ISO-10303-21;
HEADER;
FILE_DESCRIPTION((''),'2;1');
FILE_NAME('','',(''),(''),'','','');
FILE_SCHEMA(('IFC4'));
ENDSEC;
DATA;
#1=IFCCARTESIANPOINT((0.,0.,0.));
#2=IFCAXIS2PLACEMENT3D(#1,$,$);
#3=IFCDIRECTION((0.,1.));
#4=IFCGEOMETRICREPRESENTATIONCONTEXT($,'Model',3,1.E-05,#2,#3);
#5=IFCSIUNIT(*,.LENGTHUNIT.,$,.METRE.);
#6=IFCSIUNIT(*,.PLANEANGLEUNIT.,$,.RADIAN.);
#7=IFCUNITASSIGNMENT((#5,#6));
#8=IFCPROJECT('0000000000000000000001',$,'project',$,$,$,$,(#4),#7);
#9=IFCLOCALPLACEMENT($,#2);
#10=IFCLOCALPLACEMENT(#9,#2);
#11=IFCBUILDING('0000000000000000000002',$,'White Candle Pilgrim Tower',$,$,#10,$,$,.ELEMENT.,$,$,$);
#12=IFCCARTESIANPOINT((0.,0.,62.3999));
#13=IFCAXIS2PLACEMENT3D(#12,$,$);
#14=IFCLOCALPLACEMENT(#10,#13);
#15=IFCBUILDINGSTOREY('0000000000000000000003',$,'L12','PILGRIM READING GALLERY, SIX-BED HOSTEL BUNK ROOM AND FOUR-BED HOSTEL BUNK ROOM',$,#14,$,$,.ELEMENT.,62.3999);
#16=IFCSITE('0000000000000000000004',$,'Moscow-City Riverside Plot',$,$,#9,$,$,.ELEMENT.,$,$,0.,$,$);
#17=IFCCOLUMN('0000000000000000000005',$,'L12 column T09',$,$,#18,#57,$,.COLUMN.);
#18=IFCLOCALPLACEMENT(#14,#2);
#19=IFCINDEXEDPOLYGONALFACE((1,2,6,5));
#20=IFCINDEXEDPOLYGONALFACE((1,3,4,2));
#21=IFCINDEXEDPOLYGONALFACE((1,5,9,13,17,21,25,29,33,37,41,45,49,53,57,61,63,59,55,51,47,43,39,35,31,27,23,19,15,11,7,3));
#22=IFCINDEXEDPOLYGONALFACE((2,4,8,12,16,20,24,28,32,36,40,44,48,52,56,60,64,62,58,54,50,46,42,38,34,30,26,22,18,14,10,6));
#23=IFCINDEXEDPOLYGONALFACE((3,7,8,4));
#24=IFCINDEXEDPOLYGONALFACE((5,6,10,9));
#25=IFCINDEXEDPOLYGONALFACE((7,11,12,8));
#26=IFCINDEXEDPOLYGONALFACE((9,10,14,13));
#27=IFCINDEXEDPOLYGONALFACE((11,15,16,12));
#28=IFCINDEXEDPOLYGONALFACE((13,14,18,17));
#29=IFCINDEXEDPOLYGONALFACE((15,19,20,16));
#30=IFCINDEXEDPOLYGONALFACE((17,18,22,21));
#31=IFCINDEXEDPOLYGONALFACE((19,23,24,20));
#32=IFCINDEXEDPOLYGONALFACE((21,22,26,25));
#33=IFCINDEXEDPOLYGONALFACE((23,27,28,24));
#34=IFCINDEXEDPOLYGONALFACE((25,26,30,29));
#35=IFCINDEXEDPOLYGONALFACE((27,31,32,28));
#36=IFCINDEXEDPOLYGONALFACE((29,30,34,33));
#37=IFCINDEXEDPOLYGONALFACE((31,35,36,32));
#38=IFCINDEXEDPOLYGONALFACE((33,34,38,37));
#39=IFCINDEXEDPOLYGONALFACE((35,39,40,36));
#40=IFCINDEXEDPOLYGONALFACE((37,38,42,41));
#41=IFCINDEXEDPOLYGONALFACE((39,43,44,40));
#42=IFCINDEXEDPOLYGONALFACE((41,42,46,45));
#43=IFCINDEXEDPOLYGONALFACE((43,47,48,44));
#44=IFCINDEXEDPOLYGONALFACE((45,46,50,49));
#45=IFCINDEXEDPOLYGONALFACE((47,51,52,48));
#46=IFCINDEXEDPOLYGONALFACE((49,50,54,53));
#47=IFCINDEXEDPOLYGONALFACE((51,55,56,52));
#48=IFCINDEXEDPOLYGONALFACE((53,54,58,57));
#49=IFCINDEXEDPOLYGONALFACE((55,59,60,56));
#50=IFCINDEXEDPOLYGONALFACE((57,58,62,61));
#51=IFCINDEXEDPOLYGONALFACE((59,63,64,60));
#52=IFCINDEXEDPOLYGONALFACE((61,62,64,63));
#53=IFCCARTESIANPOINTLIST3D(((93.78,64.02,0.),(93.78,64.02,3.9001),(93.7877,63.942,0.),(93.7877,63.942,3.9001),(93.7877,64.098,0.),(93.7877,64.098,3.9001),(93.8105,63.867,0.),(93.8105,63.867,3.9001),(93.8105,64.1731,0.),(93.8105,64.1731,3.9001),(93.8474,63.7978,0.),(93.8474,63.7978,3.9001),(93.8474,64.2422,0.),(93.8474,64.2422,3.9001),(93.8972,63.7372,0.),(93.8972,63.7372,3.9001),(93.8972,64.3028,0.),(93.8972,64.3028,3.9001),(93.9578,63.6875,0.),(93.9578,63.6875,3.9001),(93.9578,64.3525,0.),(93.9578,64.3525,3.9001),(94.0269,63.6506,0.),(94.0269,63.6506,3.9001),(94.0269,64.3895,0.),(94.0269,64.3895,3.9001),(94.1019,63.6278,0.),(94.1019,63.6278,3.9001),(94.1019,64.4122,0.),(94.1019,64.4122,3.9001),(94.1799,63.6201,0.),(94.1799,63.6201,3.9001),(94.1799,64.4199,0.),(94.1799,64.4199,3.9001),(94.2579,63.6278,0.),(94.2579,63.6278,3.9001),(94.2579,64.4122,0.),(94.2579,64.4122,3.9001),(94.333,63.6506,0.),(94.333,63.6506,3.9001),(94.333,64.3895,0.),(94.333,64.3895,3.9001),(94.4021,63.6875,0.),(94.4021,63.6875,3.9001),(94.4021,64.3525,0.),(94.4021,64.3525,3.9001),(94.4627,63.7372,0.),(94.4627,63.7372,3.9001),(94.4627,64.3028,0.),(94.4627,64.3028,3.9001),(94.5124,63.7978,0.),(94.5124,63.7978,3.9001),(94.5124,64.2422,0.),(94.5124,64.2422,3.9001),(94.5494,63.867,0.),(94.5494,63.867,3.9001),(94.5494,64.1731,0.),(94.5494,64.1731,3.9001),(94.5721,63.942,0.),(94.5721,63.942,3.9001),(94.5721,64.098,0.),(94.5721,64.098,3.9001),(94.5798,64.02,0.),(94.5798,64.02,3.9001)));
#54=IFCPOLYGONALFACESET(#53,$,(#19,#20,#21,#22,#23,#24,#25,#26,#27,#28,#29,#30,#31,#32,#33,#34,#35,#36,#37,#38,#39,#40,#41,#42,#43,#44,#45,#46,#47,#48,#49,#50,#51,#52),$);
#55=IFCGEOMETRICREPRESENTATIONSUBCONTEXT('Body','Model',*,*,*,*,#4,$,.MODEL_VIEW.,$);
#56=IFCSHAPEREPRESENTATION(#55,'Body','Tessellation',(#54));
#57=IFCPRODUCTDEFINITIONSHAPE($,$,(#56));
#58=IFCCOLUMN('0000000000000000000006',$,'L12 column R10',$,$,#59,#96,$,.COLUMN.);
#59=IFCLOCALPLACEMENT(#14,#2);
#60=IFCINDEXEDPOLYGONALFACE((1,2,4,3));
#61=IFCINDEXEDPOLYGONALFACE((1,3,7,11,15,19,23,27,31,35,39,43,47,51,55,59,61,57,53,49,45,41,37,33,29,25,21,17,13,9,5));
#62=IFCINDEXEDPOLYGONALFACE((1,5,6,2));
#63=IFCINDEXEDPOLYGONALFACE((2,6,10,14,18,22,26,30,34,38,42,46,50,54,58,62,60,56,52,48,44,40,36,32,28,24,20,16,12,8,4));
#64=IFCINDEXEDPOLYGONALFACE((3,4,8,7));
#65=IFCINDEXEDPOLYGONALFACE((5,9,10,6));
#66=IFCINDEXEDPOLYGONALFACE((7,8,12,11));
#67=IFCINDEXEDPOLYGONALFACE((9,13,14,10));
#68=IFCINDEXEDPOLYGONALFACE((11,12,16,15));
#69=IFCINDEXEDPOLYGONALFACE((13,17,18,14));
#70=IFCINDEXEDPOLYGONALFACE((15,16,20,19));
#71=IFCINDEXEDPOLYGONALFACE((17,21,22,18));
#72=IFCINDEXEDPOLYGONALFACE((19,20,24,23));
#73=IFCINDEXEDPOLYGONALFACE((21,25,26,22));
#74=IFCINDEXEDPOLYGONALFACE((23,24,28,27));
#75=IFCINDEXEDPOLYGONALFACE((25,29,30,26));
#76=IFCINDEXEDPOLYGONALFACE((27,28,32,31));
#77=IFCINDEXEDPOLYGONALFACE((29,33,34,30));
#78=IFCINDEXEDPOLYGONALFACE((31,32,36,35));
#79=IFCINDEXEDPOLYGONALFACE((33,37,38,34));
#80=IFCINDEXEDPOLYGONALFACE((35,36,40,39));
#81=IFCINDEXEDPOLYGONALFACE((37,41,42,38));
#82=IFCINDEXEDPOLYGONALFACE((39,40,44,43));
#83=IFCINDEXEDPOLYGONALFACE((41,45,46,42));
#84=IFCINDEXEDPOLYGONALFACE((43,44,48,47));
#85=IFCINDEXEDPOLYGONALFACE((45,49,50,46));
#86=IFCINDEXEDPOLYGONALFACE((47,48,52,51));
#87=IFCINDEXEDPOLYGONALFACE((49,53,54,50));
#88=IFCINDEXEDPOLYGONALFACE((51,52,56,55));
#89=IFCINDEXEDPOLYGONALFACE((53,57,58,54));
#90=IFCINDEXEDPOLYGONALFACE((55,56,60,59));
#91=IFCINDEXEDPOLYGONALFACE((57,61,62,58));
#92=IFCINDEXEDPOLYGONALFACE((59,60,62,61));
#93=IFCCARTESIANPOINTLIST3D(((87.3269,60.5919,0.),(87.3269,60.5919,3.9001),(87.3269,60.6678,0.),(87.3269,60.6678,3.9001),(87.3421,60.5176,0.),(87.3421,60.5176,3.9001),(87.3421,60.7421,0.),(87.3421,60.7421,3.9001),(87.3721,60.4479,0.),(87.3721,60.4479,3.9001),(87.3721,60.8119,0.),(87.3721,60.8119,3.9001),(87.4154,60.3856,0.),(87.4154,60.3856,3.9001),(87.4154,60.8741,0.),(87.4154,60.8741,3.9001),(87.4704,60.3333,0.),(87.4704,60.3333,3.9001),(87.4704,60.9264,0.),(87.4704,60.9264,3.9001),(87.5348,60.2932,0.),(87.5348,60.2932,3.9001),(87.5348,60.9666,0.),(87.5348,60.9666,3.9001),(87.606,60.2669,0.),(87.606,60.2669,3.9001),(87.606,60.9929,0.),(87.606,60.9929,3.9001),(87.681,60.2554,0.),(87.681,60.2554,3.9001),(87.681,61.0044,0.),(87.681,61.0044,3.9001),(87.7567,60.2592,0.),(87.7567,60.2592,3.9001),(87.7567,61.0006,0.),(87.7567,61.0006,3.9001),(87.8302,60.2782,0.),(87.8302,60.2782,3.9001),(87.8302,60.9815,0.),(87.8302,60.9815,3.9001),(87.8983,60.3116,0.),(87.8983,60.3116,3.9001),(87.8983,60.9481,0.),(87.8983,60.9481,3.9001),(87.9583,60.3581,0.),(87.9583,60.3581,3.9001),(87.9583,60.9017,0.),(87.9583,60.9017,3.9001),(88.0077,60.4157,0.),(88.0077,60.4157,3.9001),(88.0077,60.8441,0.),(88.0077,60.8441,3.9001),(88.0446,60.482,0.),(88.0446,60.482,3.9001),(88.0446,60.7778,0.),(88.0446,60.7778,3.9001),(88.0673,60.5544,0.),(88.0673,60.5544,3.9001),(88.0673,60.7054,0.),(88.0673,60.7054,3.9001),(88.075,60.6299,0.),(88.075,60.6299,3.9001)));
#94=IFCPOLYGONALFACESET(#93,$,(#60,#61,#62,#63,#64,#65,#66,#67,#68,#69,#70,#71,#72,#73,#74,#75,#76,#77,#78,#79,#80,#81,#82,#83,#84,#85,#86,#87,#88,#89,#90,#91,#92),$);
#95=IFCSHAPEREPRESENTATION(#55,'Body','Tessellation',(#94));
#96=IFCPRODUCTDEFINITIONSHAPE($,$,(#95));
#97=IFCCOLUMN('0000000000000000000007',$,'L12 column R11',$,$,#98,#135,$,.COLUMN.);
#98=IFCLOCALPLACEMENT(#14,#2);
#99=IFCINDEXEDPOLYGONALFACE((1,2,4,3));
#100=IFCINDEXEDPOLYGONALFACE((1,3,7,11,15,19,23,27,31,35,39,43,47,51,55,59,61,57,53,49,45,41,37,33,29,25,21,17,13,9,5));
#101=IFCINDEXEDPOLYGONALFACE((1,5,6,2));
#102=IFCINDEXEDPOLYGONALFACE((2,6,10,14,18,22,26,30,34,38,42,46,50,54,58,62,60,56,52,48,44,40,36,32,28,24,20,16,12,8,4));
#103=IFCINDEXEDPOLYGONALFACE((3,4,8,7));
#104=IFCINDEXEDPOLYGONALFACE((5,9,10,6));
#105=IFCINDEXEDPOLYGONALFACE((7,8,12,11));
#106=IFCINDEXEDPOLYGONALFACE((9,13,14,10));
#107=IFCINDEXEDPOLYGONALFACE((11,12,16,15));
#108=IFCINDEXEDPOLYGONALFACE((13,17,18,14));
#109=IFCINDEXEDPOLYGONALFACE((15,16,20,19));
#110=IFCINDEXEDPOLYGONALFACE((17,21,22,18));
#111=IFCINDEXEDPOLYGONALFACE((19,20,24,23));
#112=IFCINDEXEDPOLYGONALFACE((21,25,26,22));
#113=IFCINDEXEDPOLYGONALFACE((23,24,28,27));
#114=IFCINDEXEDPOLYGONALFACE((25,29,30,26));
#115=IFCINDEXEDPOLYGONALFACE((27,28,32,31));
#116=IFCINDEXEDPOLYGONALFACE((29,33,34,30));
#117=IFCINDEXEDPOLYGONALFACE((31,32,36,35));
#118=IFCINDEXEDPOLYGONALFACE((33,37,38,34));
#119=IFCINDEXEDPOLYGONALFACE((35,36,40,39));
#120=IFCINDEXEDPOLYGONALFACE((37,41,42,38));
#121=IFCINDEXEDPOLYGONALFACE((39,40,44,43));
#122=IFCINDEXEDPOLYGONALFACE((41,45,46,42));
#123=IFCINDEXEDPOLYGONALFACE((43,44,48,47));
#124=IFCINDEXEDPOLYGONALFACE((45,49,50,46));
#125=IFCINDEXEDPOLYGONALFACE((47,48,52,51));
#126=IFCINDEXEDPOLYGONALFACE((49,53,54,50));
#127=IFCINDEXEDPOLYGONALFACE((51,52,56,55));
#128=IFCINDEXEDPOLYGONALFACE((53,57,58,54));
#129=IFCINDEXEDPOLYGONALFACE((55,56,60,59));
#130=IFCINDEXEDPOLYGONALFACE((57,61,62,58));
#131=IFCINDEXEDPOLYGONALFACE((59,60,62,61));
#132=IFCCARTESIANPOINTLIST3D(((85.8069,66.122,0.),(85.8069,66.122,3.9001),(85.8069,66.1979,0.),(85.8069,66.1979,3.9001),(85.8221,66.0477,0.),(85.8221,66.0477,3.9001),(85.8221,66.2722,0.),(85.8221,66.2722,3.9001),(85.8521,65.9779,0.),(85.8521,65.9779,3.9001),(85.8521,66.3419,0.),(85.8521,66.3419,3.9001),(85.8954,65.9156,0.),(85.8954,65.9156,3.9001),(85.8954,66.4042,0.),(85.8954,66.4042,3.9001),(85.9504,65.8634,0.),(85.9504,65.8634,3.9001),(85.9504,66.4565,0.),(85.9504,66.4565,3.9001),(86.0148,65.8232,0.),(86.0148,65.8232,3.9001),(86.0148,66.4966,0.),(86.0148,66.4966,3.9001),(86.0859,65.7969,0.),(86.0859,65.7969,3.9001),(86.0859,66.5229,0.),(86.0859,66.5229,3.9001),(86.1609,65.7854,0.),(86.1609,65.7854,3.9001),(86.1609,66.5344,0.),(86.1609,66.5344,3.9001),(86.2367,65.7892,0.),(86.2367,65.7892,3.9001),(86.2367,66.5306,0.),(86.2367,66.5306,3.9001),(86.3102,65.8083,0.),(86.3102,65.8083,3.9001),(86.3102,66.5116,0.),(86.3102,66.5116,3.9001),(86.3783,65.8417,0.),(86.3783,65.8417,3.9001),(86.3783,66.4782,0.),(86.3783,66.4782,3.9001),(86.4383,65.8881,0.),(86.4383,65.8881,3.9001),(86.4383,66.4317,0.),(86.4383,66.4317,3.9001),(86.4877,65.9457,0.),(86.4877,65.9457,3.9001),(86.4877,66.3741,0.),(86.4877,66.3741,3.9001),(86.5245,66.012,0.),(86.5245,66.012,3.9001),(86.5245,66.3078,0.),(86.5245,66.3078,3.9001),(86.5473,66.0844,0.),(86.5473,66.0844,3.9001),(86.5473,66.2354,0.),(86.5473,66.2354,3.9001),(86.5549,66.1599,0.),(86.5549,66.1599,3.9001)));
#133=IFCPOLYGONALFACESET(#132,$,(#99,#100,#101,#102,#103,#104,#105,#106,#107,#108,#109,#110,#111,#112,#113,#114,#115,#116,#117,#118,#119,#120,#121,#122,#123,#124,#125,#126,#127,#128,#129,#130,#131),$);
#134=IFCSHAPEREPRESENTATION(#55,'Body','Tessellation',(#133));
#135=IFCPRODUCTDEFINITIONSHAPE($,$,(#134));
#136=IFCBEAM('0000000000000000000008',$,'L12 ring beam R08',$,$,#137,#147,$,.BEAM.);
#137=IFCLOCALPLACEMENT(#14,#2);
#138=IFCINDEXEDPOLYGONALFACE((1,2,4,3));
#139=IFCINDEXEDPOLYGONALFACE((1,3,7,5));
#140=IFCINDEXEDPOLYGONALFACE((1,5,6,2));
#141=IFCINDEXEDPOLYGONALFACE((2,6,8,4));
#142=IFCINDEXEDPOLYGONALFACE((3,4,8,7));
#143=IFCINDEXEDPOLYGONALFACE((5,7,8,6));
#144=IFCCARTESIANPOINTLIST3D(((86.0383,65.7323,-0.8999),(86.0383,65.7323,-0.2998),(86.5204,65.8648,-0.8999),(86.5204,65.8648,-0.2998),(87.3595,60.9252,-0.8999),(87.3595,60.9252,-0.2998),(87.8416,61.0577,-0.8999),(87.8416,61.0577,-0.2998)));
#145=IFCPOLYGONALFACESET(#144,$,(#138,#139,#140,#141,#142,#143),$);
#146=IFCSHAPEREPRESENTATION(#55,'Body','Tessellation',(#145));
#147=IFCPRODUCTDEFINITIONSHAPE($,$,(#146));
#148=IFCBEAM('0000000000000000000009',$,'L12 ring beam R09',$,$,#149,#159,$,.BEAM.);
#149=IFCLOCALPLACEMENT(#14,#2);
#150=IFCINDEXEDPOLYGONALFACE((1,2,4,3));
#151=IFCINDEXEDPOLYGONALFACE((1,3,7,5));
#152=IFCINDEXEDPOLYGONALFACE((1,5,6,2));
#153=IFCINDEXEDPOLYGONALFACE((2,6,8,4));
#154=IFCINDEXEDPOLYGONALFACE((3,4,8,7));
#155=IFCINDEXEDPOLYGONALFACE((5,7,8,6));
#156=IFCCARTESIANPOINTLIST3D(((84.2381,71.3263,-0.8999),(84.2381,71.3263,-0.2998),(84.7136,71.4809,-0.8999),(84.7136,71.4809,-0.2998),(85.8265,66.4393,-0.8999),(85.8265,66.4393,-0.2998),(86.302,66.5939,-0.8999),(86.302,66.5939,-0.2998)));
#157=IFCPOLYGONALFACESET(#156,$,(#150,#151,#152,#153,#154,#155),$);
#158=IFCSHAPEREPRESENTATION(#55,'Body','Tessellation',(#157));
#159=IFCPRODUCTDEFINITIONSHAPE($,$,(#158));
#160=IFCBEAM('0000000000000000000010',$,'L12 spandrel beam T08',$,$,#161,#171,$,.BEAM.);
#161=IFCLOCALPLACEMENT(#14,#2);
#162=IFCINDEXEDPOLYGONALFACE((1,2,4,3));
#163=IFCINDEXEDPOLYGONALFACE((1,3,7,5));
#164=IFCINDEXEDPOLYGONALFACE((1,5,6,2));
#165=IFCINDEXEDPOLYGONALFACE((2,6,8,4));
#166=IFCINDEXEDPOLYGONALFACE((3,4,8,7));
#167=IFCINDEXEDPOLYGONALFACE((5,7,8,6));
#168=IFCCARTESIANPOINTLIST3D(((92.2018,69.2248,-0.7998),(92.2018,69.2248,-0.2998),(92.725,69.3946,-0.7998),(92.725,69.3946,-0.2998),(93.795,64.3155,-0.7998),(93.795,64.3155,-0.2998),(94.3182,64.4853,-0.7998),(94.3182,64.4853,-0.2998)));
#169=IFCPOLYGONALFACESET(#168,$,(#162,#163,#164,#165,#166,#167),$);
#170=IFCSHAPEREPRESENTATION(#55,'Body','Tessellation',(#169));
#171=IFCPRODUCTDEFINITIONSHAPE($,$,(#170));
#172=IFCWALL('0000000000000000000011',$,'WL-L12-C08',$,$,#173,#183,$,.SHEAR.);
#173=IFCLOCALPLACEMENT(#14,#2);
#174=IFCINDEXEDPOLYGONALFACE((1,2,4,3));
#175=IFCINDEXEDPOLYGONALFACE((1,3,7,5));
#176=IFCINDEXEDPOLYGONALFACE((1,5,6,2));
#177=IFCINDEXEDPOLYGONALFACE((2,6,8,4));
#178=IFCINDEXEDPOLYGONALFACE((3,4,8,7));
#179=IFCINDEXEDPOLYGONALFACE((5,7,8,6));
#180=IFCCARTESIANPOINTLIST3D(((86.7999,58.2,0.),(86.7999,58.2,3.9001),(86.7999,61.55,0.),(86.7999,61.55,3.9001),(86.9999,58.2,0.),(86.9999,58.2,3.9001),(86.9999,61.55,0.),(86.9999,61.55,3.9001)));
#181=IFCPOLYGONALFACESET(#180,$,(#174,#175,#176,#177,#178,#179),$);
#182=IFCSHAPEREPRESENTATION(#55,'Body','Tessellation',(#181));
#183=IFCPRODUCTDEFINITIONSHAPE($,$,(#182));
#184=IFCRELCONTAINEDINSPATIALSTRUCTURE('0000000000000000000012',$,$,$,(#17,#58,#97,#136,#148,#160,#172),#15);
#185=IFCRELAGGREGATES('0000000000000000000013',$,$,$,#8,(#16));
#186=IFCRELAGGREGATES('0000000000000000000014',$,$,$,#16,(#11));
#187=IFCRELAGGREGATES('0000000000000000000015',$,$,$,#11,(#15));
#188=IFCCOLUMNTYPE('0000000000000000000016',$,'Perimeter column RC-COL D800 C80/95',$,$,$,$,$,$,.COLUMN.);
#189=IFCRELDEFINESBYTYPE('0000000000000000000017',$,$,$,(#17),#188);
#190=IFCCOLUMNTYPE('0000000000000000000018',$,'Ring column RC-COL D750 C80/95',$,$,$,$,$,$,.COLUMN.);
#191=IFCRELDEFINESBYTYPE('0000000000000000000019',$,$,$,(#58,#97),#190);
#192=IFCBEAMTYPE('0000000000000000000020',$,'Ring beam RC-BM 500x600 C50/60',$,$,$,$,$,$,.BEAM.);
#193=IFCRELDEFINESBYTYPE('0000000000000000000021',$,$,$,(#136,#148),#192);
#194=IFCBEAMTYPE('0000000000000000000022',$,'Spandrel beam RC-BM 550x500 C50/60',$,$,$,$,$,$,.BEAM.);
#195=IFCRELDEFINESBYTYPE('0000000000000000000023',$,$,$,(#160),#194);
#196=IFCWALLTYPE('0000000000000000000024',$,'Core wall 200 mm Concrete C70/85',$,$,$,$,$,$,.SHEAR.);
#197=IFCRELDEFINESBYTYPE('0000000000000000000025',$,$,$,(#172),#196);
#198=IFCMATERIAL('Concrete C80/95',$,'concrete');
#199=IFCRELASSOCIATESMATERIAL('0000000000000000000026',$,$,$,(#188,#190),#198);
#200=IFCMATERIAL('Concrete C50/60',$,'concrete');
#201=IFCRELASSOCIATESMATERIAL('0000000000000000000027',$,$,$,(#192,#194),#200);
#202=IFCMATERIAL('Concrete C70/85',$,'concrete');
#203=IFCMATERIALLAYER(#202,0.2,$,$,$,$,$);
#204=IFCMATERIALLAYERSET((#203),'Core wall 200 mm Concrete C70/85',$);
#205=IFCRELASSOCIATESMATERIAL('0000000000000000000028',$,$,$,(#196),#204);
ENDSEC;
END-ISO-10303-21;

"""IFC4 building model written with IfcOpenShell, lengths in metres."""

from ifc_helpers import new_model, si_unit, direction, frame, frame_2d, origin, origin_2d, place, context, subcontext, project, spatial, rectangle, circle, extrude, material, layer, layer_set, material_profile, profile_set, type_object, element, save


model = new_model("IFC4")

# Units and contexts
model_context = context("Model", 3, precision=1e-05, world=origin(), true_north=direction((0.0, 1.0)))
body_context = subcontext(model_context, "Body", "Model", "MODEL_VIEW")
ifc_project = project(units=[si_unit("LENGTHUNIT", "METRE"), si_unit("PLANEANGLEUNIT", "RADIAN")], contexts=[model_context])

# Site, building, storey
site_placement = place(None, origin())
site = spatial("IfcSite", under=ifc_project, at=site_placement, Name="Moscow-City Riverside Plot", CompositionType="ELEMENT", RefElevation=0.0)
building_placement = place(site_placement, origin())
building = spatial("IfcBuilding", under=site, at=building_placement, Name="White Candle Pilgrim Tower", CompositionType="ELEMENT")
storey_placement = place(building_placement, frame((0.0, 0.0, 62.3999)))
storey = spatial("IfcBuildingStorey", under=building, at=storey_placement, Name="L12", Description="PILGRIM READING GALLERY, SIX-BED HOSTEL BUNK ROOM AND FOUR-BED HOSTEL BUNK ROOM", CompositionType="ELEMENT", Elevation=62.3999)

# Columns
ifc_material_1 = material(Name="Concrete C80/95", Category="concrete")
ifc_material_profile_1 = material_profile(ifc_material_1, circle(Radius=0.3999, at=origin_2d()), Name="RC-COL D800")
ifc_profile_set_1 = profile_set([ifc_material_profile_1], Name="Concrete C80/95")
column_type_1 = type_object("IfcColumnType", Name="Perimeter column RC-COL D800 C80/95", PredefinedType="COLUMN", material=ifc_profile_set_1)
column_placement = place(storey_placement, frame((94.1799, 64.02, 0.0), z_axis=(0.0, 0.0, 1.0), x_axis=(1.0, 0.0, 0.0)))
element("IfcColumn", 1, at=column_placement, inside=storey, type_object=column_type_1, Name="L12 column T09", PredefinedType="COLUMN", context=body_context, shape_type="SweptSolid", body=[
    extrude(circle(Radius=0.3999, at=origin_2d()), origin(), (0.0, 0.0, 1.0), 3.9001),
])
ifc_material_profile_2 = material_profile(ifc_material_1, circle(Radius=0.375, at=origin_2d()), Name="RC-COL D750")
ifc_profile_set_2 = profile_set([ifc_material_profile_2], Name="Concrete C80/95")
column_type_2 = type_object("IfcColumnType", Name="Ring column RC-COL D750 C80/95", PredefinedType="COLUMN", material=ifc_profile_set_2)
for number, where, z_axis, x_axis, name in (
    (2, (87.7, 60.6299, 0.0), (0.0, 0.0, 1.0), (1.0, 0.0, 0.0), "L12 column R10"),
    (3, (86.1799, 66.1599, 0.0), (0.0, 0.0, 1.0), (1.0, 0.0, 0.0), "L12 column R11"),
):
    element("IfcColumn", number, at=place(storey_placement, frame(where, z_axis=z_axis, x_axis=x_axis)), inside=storey, type_object=column_type_2, Name=name, PredefinedType="COLUMN", context=body_context, shape_type="SweptSolid", body=[
        extrude(circle(Radius=0.375, at=origin_2d()), origin(), (0.0, 0.0, 1.0), 3.9001),
    ])

# Beams
ifc_material_2 = material(Name="Concrete C50/60", Category="concrete")
ifc_material_profile_3 = material_profile(ifc_material_2, rectangle(XDim=0.5, YDim=0.6001, at=origin_2d()), Name="RC-BM 500x600")
ifc_profile_set_3 = profile_set([ifc_material_profile_3], Name="Concrete C50/60")
beam_type_1 = type_object("IfcBeamType", Name="Ring beam RC-BM 500x600 C50/60", PredefinedType="BEAM", material=ifc_profile_set_3)
beam_1_placement = place(storey_placement, frame((87.6006, 60.9915, -0.5999), z_axis=(-0.265031, 0.96424, 0.0), x_axis=(-0.96424, -0.265031, 0.0)))
element("IfcBeam", 4, at=beam_1_placement, inside=storey, type_object=beam_type_1, Name="L12 ring beam R08", PredefinedType="BEAM", context=body_context, shape_type="SweptSolid", body=[
    extrude(rectangle(XDim=0.5, YDim=0.6001, at=origin_2d()), origin(), (0.0, 0.0, 1.0), 4.9854),
])
beam_2_placement = place(storey_placement, frame((86.0642, 66.5166, -0.5999), z_axis=(-0.309106, 0.951027, 0.0), x_axis=(-0.951027, -0.309106, 0.0)))
element("IfcBeam", 5, at=beam_2_placement, inside=storey, type_object=beam_type_1, Name="L12 ring beam R09", PredefinedType="BEAM", context=body_context, shape_type="SweptSolid", body=[
    extrude(rectangle(XDim=0.5, YDim=0.6001, at=origin_2d()), origin(), (0.0, 0.0, 1.0), 5.1387),
])
ifc_material_profile_4 = material_profile(ifc_material_2, rectangle(XDim=0.55, YDim=0.5, at=origin_2d()), Name="RC-BM 550x500")
ifc_profile_set_4 = profile_set([ifc_material_profile_4], Name="Concrete C50/60")
beam_type_2 = type_object("IfcBeamType", Name="Spandrel beam RC-BM 550x500 C50/60", PredefinedType="BEAM", material=ifc_profile_set_4)
beam_3_placement = place(storey_placement, frame((94.0566, 64.4004, -0.5498), z_axis=(-0.308683, 0.951165, 0.0), x_axis=(-0.951165, -0.308683, 0.0)))
element("IfcBeam", 6, at=beam_3_placement, inside=storey, type_object=beam_type_2, Name="L12 spandrel beam T08", PredefinedType="BEAM", context=body_context, shape_type="SweptSolid", body=[
    extrude(rectangle(XDim=0.55, YDim=0.5, at=origin_2d()), origin(), (0.0, 0.0, 1.0), 5.1614),
])

# Wall
ifc_material_3 = material(Name="Concrete C70/85", Category="concrete")
ifc_layer_1 = layer(ifc_material_3, 0.2)
ifc_layer_set_1 = layer_set([ifc_layer_1], Name="Core wall 200 mm Concrete C70/85")
wall_type_1 = type_object("IfcWallType", Name="Core wall 200 mm Concrete C70/85", PredefinedType="SHEAR", material=ifc_layer_set_1)
wall_1_placement = place(storey_placement, frame((86.8999, 58.2, 0.0), z_axis=(0.0, 0.0, 1.0), x_axis=(0.0, 1.0, 0.0)))
element("IfcWall", 7, at=wall_1_placement, inside=storey, type_object=wall_type_1, Name="WL-L12-C08", PredefinedType="SHEAR", context=body_context, shape_type="SweptSolid", body=[
    extrude(rectangle(XDim=3.3501, YDim=0.2, at=frame_2d((1.675, 0.0))), origin(), (0.0, 0.0, 1.0), 3.9001),
])

save(model, "model.ifc")
